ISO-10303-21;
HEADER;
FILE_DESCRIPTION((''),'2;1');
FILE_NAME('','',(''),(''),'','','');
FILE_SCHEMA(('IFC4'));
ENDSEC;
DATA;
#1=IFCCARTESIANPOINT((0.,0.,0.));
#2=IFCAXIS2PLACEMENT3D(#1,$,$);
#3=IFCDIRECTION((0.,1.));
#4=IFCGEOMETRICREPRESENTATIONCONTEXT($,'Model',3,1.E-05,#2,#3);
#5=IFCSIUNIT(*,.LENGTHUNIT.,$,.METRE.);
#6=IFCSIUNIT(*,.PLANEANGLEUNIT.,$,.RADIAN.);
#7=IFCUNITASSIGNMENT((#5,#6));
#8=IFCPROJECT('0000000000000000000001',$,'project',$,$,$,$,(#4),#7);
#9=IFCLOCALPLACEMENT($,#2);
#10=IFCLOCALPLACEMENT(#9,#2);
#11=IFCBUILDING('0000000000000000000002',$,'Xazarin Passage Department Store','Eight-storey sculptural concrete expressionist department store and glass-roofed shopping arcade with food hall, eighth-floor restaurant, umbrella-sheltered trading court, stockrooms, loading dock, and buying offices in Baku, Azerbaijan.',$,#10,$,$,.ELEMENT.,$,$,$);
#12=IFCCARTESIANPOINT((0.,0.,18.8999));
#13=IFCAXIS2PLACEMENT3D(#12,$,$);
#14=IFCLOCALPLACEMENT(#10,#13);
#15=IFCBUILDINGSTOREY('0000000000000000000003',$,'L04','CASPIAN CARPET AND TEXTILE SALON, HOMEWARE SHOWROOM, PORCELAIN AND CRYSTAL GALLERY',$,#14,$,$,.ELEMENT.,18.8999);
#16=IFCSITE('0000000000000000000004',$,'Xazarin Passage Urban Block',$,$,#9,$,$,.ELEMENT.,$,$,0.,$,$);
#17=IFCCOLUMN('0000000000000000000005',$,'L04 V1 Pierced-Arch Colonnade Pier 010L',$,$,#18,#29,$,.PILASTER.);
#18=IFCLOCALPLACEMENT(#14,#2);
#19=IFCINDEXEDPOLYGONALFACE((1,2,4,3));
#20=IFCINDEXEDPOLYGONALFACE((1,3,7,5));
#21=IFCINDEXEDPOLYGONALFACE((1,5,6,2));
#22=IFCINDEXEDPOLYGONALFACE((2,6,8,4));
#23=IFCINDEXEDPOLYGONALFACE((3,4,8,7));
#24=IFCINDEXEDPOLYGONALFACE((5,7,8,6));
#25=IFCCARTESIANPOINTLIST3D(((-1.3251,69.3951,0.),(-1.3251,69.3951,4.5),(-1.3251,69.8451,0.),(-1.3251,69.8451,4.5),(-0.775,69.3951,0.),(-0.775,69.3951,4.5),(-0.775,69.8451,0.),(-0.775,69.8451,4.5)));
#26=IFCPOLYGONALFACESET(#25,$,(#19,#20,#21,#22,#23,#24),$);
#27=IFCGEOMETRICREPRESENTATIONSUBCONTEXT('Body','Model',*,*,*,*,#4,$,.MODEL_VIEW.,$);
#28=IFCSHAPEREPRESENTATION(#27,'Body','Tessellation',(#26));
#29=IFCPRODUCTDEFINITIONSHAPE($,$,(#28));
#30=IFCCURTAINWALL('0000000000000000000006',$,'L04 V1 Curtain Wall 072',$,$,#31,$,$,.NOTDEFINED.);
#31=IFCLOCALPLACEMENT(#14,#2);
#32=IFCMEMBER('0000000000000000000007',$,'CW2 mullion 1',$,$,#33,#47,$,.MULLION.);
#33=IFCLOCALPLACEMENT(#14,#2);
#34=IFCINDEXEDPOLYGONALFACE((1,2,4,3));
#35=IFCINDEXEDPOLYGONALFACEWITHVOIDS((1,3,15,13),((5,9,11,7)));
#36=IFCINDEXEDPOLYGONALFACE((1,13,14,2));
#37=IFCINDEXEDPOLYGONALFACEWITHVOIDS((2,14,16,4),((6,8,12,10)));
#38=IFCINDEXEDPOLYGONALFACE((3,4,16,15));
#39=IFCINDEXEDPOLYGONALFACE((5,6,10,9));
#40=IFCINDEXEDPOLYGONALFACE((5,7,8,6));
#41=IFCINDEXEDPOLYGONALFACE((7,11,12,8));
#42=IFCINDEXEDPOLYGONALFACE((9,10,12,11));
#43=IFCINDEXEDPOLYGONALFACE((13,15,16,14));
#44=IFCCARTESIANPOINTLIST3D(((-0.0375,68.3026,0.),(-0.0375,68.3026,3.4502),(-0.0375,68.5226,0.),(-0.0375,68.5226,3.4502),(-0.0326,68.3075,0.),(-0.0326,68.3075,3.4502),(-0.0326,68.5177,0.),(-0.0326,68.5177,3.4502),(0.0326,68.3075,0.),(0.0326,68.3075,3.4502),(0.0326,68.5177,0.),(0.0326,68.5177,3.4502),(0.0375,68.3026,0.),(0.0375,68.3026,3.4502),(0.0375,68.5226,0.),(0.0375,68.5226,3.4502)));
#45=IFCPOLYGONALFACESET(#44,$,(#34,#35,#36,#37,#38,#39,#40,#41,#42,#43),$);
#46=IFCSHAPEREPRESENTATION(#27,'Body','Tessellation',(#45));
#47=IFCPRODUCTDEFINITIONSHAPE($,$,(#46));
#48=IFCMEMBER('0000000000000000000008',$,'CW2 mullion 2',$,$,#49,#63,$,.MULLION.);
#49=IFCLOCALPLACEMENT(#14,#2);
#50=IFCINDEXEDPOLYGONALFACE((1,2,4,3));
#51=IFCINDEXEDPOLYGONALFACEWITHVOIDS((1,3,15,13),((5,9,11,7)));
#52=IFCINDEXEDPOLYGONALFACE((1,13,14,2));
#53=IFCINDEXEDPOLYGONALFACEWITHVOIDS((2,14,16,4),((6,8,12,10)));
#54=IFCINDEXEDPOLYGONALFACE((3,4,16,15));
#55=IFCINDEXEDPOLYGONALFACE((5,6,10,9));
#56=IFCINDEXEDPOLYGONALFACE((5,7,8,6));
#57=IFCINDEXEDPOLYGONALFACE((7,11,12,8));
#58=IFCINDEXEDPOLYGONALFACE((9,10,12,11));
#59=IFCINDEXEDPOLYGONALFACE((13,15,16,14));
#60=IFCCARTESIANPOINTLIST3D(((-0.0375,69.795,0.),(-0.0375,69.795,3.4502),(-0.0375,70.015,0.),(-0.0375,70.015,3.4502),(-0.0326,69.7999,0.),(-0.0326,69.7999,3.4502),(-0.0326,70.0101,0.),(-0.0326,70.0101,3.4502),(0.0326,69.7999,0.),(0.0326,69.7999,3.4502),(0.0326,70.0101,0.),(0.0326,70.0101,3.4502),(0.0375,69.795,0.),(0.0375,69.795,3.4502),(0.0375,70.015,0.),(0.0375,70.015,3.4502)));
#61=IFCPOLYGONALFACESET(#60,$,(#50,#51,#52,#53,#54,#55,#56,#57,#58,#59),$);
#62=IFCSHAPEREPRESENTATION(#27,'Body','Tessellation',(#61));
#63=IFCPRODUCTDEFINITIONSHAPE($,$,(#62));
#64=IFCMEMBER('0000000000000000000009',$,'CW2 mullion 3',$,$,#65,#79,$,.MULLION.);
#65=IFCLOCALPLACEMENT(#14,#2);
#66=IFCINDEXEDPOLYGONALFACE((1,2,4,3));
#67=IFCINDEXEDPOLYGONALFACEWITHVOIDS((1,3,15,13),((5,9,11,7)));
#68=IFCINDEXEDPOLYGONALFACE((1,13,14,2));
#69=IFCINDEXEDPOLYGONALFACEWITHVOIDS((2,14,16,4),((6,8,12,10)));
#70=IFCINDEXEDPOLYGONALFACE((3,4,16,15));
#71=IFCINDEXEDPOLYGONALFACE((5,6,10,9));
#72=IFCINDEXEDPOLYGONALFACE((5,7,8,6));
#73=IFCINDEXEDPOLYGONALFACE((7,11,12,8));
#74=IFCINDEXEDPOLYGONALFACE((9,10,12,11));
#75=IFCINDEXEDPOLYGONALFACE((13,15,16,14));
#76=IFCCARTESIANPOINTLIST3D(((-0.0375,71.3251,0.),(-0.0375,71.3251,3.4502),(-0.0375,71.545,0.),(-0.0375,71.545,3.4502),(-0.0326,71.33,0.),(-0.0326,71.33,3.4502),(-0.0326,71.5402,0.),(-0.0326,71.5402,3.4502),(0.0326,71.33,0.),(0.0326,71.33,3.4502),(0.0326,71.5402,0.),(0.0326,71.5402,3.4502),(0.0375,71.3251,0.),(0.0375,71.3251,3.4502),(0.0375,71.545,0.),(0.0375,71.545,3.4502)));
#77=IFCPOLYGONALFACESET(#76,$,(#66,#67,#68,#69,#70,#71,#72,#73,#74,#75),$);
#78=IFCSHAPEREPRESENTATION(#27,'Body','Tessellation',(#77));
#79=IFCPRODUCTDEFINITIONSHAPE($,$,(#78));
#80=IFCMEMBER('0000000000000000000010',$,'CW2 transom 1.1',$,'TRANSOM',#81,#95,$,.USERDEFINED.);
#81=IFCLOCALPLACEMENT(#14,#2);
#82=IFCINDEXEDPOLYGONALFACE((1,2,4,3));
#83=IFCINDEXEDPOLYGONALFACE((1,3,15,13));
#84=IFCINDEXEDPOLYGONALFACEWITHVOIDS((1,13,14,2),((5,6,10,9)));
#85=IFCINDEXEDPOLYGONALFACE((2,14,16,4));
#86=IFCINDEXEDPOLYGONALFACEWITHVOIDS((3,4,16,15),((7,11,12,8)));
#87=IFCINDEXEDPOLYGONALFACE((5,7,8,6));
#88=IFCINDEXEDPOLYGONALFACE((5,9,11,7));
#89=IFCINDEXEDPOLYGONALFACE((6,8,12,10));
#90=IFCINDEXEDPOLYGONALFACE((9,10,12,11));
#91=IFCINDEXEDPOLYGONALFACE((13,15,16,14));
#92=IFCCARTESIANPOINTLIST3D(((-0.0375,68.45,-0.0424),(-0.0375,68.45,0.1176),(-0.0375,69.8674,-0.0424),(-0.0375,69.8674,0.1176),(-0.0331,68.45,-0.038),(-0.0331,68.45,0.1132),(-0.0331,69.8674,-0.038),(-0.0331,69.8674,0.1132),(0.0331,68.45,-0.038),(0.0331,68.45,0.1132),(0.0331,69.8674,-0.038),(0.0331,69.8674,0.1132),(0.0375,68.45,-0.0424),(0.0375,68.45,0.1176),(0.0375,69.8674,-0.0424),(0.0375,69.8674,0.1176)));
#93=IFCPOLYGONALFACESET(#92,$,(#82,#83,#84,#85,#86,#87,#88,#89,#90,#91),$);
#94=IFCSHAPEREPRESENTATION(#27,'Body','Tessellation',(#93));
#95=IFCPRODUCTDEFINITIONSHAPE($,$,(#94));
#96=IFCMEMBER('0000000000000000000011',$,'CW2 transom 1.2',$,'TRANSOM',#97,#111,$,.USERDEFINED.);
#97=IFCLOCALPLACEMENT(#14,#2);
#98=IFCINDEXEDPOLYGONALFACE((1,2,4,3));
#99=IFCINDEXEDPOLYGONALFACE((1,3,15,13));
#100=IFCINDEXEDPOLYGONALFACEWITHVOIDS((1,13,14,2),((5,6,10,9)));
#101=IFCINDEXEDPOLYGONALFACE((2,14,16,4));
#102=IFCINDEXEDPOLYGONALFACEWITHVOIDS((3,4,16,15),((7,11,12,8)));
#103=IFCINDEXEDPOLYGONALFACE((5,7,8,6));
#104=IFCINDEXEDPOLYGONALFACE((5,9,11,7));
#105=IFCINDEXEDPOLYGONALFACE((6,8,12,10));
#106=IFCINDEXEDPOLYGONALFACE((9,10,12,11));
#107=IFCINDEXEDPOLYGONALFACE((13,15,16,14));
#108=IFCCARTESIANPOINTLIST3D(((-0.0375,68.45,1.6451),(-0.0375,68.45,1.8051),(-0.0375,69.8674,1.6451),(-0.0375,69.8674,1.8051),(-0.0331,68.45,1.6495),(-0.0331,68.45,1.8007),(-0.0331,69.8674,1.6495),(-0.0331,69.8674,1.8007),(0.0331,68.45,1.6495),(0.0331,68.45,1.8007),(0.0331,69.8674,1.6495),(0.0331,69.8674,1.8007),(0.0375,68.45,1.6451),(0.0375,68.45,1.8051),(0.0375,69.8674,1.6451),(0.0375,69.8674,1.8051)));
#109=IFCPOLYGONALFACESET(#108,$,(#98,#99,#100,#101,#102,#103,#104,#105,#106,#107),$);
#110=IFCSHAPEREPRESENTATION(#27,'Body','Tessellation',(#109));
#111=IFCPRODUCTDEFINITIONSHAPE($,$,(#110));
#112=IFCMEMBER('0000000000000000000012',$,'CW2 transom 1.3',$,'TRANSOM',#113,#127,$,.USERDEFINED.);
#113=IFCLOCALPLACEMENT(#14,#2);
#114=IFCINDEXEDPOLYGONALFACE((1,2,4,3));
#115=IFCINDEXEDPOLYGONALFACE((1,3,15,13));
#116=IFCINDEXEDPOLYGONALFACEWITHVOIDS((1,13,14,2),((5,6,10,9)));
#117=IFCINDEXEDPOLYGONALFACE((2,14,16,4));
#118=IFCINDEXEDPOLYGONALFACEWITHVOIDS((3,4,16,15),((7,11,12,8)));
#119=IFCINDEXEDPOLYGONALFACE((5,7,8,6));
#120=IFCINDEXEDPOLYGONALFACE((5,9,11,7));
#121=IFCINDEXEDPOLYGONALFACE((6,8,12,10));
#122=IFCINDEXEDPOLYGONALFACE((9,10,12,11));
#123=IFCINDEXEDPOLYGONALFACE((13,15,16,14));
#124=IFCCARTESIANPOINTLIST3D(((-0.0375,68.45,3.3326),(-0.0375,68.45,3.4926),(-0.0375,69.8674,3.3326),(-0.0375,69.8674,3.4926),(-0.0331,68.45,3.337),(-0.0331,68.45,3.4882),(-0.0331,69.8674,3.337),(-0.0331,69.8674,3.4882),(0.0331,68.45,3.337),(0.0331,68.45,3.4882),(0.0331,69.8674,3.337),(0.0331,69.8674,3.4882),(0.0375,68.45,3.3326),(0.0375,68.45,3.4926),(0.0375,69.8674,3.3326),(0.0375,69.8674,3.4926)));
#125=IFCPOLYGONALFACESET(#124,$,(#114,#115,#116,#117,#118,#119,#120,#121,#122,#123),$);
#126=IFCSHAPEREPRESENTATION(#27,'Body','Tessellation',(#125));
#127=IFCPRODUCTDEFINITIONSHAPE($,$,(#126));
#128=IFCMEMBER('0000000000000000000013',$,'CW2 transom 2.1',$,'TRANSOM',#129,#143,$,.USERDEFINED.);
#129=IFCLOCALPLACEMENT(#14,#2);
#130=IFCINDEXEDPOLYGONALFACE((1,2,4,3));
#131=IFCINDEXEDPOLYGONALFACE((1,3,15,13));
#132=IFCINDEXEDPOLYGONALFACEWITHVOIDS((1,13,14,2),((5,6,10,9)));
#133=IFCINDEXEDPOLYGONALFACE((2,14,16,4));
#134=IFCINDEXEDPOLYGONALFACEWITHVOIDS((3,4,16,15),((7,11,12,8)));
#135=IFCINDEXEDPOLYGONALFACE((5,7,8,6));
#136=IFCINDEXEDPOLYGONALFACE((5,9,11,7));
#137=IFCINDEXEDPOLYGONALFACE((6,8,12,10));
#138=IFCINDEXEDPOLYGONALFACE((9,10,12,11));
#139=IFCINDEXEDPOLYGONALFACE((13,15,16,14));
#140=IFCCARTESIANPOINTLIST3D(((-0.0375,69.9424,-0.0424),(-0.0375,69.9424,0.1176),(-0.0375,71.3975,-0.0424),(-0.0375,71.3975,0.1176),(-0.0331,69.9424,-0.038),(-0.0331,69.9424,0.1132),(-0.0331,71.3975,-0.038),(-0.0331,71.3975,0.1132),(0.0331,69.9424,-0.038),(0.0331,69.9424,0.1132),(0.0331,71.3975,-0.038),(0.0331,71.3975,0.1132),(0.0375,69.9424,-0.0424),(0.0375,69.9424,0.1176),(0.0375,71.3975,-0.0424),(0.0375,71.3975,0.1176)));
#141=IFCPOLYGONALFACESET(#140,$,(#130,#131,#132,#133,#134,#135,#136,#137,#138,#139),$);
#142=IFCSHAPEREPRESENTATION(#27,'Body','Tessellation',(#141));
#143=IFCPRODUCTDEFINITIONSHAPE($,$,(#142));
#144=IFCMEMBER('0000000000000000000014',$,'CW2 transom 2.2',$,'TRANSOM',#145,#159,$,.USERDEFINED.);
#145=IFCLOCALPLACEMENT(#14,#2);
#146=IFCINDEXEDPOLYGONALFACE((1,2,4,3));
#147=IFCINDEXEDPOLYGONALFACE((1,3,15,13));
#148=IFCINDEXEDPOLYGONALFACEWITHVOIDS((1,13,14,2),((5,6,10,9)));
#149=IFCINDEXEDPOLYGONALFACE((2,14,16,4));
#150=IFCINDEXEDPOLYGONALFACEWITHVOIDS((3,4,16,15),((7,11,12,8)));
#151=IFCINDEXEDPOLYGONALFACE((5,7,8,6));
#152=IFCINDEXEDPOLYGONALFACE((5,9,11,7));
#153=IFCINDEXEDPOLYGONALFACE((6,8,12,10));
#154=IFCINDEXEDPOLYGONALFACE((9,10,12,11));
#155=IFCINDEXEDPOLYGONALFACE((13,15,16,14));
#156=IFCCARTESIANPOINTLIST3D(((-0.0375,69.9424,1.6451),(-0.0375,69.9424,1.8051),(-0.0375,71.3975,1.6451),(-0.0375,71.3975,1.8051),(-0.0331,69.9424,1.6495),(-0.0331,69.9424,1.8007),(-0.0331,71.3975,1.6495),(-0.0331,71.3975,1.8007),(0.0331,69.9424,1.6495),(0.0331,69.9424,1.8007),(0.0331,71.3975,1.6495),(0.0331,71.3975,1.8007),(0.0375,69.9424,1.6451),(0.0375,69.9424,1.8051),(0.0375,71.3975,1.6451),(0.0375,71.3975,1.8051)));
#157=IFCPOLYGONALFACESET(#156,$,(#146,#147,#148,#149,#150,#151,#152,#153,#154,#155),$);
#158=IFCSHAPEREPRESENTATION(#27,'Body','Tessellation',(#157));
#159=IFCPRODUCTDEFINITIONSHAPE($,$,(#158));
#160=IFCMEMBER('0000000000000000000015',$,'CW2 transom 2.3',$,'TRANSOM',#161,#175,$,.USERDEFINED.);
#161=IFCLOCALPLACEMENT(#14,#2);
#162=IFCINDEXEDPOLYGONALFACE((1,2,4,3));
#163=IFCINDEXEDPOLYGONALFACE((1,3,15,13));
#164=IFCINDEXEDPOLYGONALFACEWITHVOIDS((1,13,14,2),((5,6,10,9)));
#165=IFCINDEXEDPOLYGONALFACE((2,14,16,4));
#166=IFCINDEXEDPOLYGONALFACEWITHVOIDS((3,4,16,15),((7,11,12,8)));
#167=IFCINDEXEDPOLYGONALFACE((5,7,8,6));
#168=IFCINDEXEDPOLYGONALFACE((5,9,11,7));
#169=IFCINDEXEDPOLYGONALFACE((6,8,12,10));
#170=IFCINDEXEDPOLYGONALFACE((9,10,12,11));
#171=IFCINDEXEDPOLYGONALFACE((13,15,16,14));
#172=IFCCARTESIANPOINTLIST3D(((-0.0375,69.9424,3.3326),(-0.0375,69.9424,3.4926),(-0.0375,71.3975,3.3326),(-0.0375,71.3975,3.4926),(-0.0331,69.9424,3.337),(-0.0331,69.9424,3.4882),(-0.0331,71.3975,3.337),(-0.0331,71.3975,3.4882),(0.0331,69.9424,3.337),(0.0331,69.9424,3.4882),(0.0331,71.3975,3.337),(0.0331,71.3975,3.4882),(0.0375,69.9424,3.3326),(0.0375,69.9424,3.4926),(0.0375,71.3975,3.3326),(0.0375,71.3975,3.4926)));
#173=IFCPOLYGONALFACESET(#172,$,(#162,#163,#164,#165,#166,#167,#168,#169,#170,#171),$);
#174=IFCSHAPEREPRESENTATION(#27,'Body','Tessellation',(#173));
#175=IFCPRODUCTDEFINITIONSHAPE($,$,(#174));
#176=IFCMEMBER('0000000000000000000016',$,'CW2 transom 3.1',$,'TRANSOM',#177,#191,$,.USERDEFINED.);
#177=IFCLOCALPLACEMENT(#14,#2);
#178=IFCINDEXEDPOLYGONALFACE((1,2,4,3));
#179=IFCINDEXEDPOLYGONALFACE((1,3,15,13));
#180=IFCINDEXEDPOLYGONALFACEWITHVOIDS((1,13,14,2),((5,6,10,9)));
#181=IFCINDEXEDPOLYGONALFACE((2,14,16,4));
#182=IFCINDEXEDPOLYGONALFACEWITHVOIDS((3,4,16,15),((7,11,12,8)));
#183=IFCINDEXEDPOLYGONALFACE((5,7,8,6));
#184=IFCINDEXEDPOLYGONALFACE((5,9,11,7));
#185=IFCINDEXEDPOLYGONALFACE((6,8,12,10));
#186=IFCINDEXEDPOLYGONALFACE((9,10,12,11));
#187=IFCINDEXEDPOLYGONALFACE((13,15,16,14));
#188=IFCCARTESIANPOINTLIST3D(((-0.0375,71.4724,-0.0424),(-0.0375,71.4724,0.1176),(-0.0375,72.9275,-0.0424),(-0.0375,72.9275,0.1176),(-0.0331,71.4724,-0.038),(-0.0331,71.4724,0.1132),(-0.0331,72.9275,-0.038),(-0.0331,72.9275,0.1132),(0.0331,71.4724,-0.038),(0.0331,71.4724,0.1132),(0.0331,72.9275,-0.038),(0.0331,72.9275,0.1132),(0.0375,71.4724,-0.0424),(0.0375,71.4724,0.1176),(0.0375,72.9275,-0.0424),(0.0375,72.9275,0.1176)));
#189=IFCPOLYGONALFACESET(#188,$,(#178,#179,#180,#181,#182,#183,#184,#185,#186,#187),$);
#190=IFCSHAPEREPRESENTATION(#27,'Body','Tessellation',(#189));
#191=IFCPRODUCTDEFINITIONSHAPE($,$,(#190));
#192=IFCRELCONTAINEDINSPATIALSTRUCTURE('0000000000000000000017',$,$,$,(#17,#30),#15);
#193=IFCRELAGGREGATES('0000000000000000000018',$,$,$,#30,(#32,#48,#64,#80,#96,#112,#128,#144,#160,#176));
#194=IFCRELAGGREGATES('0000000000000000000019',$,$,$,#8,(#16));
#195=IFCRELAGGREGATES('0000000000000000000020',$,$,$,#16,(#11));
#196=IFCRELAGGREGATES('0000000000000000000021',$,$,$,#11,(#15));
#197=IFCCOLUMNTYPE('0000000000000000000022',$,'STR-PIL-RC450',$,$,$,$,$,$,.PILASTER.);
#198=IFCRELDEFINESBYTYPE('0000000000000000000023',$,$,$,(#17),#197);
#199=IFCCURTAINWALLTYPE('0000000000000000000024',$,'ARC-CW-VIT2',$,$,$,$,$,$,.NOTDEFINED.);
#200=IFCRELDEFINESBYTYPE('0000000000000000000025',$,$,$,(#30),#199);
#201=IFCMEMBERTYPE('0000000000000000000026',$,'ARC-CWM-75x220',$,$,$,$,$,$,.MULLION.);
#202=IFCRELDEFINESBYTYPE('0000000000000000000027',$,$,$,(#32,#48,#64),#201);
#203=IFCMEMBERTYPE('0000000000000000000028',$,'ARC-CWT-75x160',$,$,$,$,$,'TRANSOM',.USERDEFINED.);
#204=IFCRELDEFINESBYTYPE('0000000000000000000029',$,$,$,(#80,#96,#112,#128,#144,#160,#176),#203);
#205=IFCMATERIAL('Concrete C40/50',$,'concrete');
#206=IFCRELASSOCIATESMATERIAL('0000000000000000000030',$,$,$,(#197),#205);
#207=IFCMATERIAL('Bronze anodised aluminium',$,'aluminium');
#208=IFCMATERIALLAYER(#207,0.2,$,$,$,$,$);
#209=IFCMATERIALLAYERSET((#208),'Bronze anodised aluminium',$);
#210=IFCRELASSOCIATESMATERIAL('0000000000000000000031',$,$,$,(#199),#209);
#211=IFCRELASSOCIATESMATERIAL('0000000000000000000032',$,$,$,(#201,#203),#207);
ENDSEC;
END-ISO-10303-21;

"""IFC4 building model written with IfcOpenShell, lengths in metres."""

from ifc_helpers import new_model, si_unit, direction, frame, origin, origin_2d, place, context, subcontext, project, spatial, rectangle, hollow_rectangle, extrude, material, layer, layer_set, material_profile, profile_set, type_object, element, aggregate, save


model = new_model("IFC4")

# Units and contexts
model_context = context("Model", 3, precision=1e-05, world=origin(), true_north=direction((0.0, 1.0)))
body_context = subcontext(model_context, "Body", "Model", "MODEL_VIEW")
ifc_project = project(units=[si_unit("LENGTHUNIT", "METRE"), si_unit("PLANEANGLEUNIT", "RADIAN")], contexts=[model_context])

# Site, building, storey
site_placement = place(None, origin())
site = spatial("IfcSite", under=ifc_project, at=site_placement, Name="Xazarin Passage Urban Block", CompositionType="ELEMENT", RefElevation=0.0)
building_placement = place(site_placement, origin())
building = spatial("IfcBuilding", under=site, at=building_placement, Name="Xazarin Passage Department Store", Description="Eight-storey sculptural concrete expressionist department store and glass-roofed shopping arcade with food hall, eighth-floor restaurant, umbrella-sheltered trading court, stockrooms, loading dock, and buying offices in Baku, Azerbaijan.", CompositionType="ELEMENT")
storey_placement = place(building_placement, frame((0.0, 0.0, 18.8999)))
storey = spatial("IfcBuildingStorey", under=building, at=storey_placement, Name="L04", Description="CASPIAN CARPET AND TEXTILE SALON, HOMEWARE SHOWROOM, PORCELAIN AND CRYSTAL GALLERY", CompositionType="ELEMENT", Elevation=18.8999)

# Column
ifc_material_1 = material(Name="Concrete C40/50", Category="concrete")
ifc_material_profile_1 = material_profile(ifc_material_1, rectangle(XDim=0.45, YDim=0.55, at=origin_2d()), Name="RC 450x550")
ifc_profile_set_1 = profile_set([ifc_material_profile_1], Name="Concrete C40/50")
column_type = type_object("IfcColumnType", Name="STR-PIL-RC450", PredefinedType="PILASTER", material=ifc_profile_set_1)
column_placement = place(storey_placement, frame((-1.05, 69.6201, 0.0), z_axis=(0.0, 0.0, 1.0), x_axis=(0.0, 1.0, 0.0)))
element("IfcColumn", 1, at=column_placement, inside=storey, type_object=column_type, Name="L04 V1 Pierced-Arch Colonnade Pier 010L", PredefinedType="PILASTER", context=body_context, shape_type="SweptSolid", body=[
    extrude(rectangle(XDim=0.45, YDim=0.55, at=origin_2d()), origin(), (0.0, 0.0, 1.0), 4.5),
])

# Curtain wall, members
ifc_material_2 = material(Name="Bronze anodised aluminium", Category="aluminium")
ifc_layer_1 = layer(ifc_material_2, 0.2)
ifc_layer_set_1 = layer_set([ifc_layer_1], Name="Bronze anodised aluminium")
curtain_wall_type = type_object("IfcCurtainWallType", Name="ARC-CW-VIT2", PredefinedType="NOTDEFINED", material=ifc_layer_set_1)
curtain_wall_placement = place(storey_placement, origin())
curtain_wall = element("IfcCurtainWall", 2, at=curtain_wall_placement, inside=storey, type_object=curtain_wall_type, Name="L04 V1 Curtain Wall 072", PredefinedType="NOTDEFINED")
ifc_material_profile_2 = material_profile(ifc_material_2, hollow_rectangle(XDim=0.075, YDim=0.22, WallThickness=0.0049, at=origin_2d()), Name="ALU 75x220")
ifc_profile_set_2 = profile_set([ifc_material_profile_2], Name="Bronze anodised aluminium")
member_type_1 = type_object("IfcMemberType", Name="ARC-CWM-75x220", PredefinedType="MULLION", material=ifc_profile_set_2)
member_1_placement = place(storey_placement, frame((0.0, 68.4126, 0.0), z_axis=(0.0, 0.0, 1.0), x_axis=(-1.0, 0.0, 0.0)))
member_1 = element("IfcMember", 3, at=member_1_placement, type_object=member_type_1, Name="CW2 mullion 1", PredefinedType="MULLION", context=body_context, shape_type="SweptSolid", body=[
    extrude(hollow_rectangle(XDim=0.075, YDim=0.22, WallThickness=0.0049, at=origin_2d()), origin(), (0.0, 0.0, 1.0), 3.4502),
])
member_2_placement = place(storey_placement, frame((0.0, 69.905, 0.0), z_axis=(0.0, 0.0, 1.0), x_axis=(-1.0, 0.0, 0.0)))
member_2 = element("IfcMember", 4, at=member_2_placement, type_object=member_type_1, Name="CW2 mullion 2", PredefinedType="MULLION", context=body_context, shape_type="SweptSolid", body=[
    extrude(hollow_rectangle(XDim=0.075, YDim=0.22, WallThickness=0.0049, at=origin_2d()), origin(), (0.0, 0.0, 1.0), 3.4502),
])
member_3_placement = place(storey_placement, frame((0.0, 71.4351, 0.0), z_axis=(0.0, 0.0, 1.0), x_axis=(-1.0, 0.0, 0.0)))
member_3 = element("IfcMember", 5, at=member_3_placement, type_object=member_type_1, Name="CW2 mullion 3", PredefinedType="MULLION", context=body_context, shape_type="SweptSolid", body=[
    extrude(hollow_rectangle(XDim=0.075, YDim=0.22, WallThickness=0.0049, at=origin_2d()), origin(), (0.0, 0.0, 1.0), 3.4502),
])
ifc_material_profile_3 = material_profile(ifc_material_2, hollow_rectangle(XDim=0.075, YDim=0.1599, WallThickness=0.0044, at=origin_2d()), Name="ALU 75x160")
ifc_profile_set_3 = profile_set([ifc_material_profile_3], Name="Bronze anodised aluminium")
member_type_2 = type_object("IfcMemberType", Name="ARC-CWT-75x160", ElementType="TRANSOM", PredefinedType="USERDEFINED", material=ifc_profile_set_3)
member_4_placement = place(storey_placement, frame((0.0, 68.45, 0.0376), z_axis=(0.0, 1.0, 0.0), x_axis=(-1.0, 0.0, 0.0)))
member_4 = element("IfcMember", 6, at=member_4_placement, type_object=member_type_2, Name="CW2 transom 1.1", ObjectType="TRANSOM", PredefinedType="USERDEFINED", context=body_context, shape_type="SweptSolid", body=[
    extrude(hollow_rectangle(XDim=0.075, YDim=0.1599, WallThickness=0.0044, at=origin_2d()), origin(), (0.0, 0.0, 1.0), 1.4175),
])
member_5_placement = place(storey_placement, frame((0.0, 68.45, 1.7251), z_axis=(0.0, 1.0, 0.0), x_axis=(-1.0, 0.0, 0.0)))
member_5 = element("IfcMember", 7, at=member_5_placement, type_object=member_type_2, Name="CW2 transom 1.2", ObjectType="TRANSOM", PredefinedType="USERDEFINED", context=body_context, shape_type="SweptSolid", body=[
    extrude(hollow_rectangle(XDim=0.075, YDim=0.1599, WallThickness=0.0044, at=origin_2d()), origin(), (0.0, 0.0, 1.0), 1.4175),
])
member_6_placement = place(storey_placement, frame((0.0, 68.45, 3.4126), z_axis=(0.0, 1.0, 0.0), x_axis=(-1.0, 0.0, 0.0)))
member_6 = element("IfcMember", 8, at=member_6_placement, type_object=member_type_2, Name="CW2 transom 1.3", ObjectType="TRANSOM", PredefinedType="USERDEFINED", context=body_context, shape_type="SweptSolid", body=[
    extrude(hollow_rectangle(XDim=0.075, YDim=0.1599, WallThickness=0.0044, at=origin_2d()), origin(), (0.0, 0.0, 1.0), 1.4175),
])
member_7_placement = place(storey_placement, frame((0.0, 69.9424, 0.0376), z_axis=(0.0, 1.0, 0.0), x_axis=(-1.0, 0.0, 0.0)))
member_7 = element("IfcMember", 9, at=member_7_placement, type_object=member_type_2, Name="CW2 transom 2.1", ObjectType="TRANSOM", PredefinedType="USERDEFINED", context=body_context, shape_type="SweptSolid", body=[
    extrude(hollow_rectangle(XDim=0.075, YDim=0.1599, WallThickness=0.0044, at=origin_2d()), origin(), (0.0, 0.0, 1.0), 1.4551),
])
member_8_placement = place(storey_placement, frame((0.0, 69.9424, 1.7251), z_axis=(0.0, 1.0, 0.0), x_axis=(-1.0, 0.0, 0.0)))
member_8 = element("IfcMember", 10, at=member_8_placement, type_object=member_type_2, Name="CW2 transom 2.2", ObjectType="TRANSOM", PredefinedType="USERDEFINED", context=body_context, shape_type="SweptSolid", body=[
    extrude(hollow_rectangle(XDim=0.075, YDim=0.1599, WallThickness=0.0044, at=origin_2d()), origin(), (0.0, 0.0, 1.0), 1.4551),
])
member_9_placement = place(storey_placement, frame((0.0, 69.9424, 3.4126), z_axis=(0.0, 1.0, 0.0), x_axis=(-1.0, 0.0, 0.0)))
member_9 = element("IfcMember", 11, at=member_9_placement, type_object=member_type_2, Name="CW2 transom 2.3", ObjectType="TRANSOM", PredefinedType="USERDEFINED", context=body_context, shape_type="SweptSolid", body=[
    extrude(hollow_rectangle(XDim=0.075, YDim=0.1599, WallThickness=0.0044, at=origin_2d()), origin(), (0.0, 0.0, 1.0), 1.4551),
])
member_10_placement = place(storey_placement, frame((0.0, 71.4724, 0.0376), z_axis=(0.0, 1.0, 0.0), x_axis=(-1.0, 0.0, 0.0)))
member_10 = element("IfcMember", 12, at=member_10_placement, type_object=member_type_2, Name="CW2 transom 3.1", ObjectType="TRANSOM", PredefinedType="USERDEFINED", context=body_context, shape_type="SweptSolid", body=[
    extrude(hollow_rectangle(XDim=0.075, YDim=0.1599, WallThickness=0.0044, at=origin_2d()), origin(), (0.0, 0.0, 1.0), 1.4551),
])

aggregate(curtain_wall, [member_1, member_2, member_3, member_4, member_5, member_6, member_7, member_8, member_9, member_10])

save(model, "model.ifc")
